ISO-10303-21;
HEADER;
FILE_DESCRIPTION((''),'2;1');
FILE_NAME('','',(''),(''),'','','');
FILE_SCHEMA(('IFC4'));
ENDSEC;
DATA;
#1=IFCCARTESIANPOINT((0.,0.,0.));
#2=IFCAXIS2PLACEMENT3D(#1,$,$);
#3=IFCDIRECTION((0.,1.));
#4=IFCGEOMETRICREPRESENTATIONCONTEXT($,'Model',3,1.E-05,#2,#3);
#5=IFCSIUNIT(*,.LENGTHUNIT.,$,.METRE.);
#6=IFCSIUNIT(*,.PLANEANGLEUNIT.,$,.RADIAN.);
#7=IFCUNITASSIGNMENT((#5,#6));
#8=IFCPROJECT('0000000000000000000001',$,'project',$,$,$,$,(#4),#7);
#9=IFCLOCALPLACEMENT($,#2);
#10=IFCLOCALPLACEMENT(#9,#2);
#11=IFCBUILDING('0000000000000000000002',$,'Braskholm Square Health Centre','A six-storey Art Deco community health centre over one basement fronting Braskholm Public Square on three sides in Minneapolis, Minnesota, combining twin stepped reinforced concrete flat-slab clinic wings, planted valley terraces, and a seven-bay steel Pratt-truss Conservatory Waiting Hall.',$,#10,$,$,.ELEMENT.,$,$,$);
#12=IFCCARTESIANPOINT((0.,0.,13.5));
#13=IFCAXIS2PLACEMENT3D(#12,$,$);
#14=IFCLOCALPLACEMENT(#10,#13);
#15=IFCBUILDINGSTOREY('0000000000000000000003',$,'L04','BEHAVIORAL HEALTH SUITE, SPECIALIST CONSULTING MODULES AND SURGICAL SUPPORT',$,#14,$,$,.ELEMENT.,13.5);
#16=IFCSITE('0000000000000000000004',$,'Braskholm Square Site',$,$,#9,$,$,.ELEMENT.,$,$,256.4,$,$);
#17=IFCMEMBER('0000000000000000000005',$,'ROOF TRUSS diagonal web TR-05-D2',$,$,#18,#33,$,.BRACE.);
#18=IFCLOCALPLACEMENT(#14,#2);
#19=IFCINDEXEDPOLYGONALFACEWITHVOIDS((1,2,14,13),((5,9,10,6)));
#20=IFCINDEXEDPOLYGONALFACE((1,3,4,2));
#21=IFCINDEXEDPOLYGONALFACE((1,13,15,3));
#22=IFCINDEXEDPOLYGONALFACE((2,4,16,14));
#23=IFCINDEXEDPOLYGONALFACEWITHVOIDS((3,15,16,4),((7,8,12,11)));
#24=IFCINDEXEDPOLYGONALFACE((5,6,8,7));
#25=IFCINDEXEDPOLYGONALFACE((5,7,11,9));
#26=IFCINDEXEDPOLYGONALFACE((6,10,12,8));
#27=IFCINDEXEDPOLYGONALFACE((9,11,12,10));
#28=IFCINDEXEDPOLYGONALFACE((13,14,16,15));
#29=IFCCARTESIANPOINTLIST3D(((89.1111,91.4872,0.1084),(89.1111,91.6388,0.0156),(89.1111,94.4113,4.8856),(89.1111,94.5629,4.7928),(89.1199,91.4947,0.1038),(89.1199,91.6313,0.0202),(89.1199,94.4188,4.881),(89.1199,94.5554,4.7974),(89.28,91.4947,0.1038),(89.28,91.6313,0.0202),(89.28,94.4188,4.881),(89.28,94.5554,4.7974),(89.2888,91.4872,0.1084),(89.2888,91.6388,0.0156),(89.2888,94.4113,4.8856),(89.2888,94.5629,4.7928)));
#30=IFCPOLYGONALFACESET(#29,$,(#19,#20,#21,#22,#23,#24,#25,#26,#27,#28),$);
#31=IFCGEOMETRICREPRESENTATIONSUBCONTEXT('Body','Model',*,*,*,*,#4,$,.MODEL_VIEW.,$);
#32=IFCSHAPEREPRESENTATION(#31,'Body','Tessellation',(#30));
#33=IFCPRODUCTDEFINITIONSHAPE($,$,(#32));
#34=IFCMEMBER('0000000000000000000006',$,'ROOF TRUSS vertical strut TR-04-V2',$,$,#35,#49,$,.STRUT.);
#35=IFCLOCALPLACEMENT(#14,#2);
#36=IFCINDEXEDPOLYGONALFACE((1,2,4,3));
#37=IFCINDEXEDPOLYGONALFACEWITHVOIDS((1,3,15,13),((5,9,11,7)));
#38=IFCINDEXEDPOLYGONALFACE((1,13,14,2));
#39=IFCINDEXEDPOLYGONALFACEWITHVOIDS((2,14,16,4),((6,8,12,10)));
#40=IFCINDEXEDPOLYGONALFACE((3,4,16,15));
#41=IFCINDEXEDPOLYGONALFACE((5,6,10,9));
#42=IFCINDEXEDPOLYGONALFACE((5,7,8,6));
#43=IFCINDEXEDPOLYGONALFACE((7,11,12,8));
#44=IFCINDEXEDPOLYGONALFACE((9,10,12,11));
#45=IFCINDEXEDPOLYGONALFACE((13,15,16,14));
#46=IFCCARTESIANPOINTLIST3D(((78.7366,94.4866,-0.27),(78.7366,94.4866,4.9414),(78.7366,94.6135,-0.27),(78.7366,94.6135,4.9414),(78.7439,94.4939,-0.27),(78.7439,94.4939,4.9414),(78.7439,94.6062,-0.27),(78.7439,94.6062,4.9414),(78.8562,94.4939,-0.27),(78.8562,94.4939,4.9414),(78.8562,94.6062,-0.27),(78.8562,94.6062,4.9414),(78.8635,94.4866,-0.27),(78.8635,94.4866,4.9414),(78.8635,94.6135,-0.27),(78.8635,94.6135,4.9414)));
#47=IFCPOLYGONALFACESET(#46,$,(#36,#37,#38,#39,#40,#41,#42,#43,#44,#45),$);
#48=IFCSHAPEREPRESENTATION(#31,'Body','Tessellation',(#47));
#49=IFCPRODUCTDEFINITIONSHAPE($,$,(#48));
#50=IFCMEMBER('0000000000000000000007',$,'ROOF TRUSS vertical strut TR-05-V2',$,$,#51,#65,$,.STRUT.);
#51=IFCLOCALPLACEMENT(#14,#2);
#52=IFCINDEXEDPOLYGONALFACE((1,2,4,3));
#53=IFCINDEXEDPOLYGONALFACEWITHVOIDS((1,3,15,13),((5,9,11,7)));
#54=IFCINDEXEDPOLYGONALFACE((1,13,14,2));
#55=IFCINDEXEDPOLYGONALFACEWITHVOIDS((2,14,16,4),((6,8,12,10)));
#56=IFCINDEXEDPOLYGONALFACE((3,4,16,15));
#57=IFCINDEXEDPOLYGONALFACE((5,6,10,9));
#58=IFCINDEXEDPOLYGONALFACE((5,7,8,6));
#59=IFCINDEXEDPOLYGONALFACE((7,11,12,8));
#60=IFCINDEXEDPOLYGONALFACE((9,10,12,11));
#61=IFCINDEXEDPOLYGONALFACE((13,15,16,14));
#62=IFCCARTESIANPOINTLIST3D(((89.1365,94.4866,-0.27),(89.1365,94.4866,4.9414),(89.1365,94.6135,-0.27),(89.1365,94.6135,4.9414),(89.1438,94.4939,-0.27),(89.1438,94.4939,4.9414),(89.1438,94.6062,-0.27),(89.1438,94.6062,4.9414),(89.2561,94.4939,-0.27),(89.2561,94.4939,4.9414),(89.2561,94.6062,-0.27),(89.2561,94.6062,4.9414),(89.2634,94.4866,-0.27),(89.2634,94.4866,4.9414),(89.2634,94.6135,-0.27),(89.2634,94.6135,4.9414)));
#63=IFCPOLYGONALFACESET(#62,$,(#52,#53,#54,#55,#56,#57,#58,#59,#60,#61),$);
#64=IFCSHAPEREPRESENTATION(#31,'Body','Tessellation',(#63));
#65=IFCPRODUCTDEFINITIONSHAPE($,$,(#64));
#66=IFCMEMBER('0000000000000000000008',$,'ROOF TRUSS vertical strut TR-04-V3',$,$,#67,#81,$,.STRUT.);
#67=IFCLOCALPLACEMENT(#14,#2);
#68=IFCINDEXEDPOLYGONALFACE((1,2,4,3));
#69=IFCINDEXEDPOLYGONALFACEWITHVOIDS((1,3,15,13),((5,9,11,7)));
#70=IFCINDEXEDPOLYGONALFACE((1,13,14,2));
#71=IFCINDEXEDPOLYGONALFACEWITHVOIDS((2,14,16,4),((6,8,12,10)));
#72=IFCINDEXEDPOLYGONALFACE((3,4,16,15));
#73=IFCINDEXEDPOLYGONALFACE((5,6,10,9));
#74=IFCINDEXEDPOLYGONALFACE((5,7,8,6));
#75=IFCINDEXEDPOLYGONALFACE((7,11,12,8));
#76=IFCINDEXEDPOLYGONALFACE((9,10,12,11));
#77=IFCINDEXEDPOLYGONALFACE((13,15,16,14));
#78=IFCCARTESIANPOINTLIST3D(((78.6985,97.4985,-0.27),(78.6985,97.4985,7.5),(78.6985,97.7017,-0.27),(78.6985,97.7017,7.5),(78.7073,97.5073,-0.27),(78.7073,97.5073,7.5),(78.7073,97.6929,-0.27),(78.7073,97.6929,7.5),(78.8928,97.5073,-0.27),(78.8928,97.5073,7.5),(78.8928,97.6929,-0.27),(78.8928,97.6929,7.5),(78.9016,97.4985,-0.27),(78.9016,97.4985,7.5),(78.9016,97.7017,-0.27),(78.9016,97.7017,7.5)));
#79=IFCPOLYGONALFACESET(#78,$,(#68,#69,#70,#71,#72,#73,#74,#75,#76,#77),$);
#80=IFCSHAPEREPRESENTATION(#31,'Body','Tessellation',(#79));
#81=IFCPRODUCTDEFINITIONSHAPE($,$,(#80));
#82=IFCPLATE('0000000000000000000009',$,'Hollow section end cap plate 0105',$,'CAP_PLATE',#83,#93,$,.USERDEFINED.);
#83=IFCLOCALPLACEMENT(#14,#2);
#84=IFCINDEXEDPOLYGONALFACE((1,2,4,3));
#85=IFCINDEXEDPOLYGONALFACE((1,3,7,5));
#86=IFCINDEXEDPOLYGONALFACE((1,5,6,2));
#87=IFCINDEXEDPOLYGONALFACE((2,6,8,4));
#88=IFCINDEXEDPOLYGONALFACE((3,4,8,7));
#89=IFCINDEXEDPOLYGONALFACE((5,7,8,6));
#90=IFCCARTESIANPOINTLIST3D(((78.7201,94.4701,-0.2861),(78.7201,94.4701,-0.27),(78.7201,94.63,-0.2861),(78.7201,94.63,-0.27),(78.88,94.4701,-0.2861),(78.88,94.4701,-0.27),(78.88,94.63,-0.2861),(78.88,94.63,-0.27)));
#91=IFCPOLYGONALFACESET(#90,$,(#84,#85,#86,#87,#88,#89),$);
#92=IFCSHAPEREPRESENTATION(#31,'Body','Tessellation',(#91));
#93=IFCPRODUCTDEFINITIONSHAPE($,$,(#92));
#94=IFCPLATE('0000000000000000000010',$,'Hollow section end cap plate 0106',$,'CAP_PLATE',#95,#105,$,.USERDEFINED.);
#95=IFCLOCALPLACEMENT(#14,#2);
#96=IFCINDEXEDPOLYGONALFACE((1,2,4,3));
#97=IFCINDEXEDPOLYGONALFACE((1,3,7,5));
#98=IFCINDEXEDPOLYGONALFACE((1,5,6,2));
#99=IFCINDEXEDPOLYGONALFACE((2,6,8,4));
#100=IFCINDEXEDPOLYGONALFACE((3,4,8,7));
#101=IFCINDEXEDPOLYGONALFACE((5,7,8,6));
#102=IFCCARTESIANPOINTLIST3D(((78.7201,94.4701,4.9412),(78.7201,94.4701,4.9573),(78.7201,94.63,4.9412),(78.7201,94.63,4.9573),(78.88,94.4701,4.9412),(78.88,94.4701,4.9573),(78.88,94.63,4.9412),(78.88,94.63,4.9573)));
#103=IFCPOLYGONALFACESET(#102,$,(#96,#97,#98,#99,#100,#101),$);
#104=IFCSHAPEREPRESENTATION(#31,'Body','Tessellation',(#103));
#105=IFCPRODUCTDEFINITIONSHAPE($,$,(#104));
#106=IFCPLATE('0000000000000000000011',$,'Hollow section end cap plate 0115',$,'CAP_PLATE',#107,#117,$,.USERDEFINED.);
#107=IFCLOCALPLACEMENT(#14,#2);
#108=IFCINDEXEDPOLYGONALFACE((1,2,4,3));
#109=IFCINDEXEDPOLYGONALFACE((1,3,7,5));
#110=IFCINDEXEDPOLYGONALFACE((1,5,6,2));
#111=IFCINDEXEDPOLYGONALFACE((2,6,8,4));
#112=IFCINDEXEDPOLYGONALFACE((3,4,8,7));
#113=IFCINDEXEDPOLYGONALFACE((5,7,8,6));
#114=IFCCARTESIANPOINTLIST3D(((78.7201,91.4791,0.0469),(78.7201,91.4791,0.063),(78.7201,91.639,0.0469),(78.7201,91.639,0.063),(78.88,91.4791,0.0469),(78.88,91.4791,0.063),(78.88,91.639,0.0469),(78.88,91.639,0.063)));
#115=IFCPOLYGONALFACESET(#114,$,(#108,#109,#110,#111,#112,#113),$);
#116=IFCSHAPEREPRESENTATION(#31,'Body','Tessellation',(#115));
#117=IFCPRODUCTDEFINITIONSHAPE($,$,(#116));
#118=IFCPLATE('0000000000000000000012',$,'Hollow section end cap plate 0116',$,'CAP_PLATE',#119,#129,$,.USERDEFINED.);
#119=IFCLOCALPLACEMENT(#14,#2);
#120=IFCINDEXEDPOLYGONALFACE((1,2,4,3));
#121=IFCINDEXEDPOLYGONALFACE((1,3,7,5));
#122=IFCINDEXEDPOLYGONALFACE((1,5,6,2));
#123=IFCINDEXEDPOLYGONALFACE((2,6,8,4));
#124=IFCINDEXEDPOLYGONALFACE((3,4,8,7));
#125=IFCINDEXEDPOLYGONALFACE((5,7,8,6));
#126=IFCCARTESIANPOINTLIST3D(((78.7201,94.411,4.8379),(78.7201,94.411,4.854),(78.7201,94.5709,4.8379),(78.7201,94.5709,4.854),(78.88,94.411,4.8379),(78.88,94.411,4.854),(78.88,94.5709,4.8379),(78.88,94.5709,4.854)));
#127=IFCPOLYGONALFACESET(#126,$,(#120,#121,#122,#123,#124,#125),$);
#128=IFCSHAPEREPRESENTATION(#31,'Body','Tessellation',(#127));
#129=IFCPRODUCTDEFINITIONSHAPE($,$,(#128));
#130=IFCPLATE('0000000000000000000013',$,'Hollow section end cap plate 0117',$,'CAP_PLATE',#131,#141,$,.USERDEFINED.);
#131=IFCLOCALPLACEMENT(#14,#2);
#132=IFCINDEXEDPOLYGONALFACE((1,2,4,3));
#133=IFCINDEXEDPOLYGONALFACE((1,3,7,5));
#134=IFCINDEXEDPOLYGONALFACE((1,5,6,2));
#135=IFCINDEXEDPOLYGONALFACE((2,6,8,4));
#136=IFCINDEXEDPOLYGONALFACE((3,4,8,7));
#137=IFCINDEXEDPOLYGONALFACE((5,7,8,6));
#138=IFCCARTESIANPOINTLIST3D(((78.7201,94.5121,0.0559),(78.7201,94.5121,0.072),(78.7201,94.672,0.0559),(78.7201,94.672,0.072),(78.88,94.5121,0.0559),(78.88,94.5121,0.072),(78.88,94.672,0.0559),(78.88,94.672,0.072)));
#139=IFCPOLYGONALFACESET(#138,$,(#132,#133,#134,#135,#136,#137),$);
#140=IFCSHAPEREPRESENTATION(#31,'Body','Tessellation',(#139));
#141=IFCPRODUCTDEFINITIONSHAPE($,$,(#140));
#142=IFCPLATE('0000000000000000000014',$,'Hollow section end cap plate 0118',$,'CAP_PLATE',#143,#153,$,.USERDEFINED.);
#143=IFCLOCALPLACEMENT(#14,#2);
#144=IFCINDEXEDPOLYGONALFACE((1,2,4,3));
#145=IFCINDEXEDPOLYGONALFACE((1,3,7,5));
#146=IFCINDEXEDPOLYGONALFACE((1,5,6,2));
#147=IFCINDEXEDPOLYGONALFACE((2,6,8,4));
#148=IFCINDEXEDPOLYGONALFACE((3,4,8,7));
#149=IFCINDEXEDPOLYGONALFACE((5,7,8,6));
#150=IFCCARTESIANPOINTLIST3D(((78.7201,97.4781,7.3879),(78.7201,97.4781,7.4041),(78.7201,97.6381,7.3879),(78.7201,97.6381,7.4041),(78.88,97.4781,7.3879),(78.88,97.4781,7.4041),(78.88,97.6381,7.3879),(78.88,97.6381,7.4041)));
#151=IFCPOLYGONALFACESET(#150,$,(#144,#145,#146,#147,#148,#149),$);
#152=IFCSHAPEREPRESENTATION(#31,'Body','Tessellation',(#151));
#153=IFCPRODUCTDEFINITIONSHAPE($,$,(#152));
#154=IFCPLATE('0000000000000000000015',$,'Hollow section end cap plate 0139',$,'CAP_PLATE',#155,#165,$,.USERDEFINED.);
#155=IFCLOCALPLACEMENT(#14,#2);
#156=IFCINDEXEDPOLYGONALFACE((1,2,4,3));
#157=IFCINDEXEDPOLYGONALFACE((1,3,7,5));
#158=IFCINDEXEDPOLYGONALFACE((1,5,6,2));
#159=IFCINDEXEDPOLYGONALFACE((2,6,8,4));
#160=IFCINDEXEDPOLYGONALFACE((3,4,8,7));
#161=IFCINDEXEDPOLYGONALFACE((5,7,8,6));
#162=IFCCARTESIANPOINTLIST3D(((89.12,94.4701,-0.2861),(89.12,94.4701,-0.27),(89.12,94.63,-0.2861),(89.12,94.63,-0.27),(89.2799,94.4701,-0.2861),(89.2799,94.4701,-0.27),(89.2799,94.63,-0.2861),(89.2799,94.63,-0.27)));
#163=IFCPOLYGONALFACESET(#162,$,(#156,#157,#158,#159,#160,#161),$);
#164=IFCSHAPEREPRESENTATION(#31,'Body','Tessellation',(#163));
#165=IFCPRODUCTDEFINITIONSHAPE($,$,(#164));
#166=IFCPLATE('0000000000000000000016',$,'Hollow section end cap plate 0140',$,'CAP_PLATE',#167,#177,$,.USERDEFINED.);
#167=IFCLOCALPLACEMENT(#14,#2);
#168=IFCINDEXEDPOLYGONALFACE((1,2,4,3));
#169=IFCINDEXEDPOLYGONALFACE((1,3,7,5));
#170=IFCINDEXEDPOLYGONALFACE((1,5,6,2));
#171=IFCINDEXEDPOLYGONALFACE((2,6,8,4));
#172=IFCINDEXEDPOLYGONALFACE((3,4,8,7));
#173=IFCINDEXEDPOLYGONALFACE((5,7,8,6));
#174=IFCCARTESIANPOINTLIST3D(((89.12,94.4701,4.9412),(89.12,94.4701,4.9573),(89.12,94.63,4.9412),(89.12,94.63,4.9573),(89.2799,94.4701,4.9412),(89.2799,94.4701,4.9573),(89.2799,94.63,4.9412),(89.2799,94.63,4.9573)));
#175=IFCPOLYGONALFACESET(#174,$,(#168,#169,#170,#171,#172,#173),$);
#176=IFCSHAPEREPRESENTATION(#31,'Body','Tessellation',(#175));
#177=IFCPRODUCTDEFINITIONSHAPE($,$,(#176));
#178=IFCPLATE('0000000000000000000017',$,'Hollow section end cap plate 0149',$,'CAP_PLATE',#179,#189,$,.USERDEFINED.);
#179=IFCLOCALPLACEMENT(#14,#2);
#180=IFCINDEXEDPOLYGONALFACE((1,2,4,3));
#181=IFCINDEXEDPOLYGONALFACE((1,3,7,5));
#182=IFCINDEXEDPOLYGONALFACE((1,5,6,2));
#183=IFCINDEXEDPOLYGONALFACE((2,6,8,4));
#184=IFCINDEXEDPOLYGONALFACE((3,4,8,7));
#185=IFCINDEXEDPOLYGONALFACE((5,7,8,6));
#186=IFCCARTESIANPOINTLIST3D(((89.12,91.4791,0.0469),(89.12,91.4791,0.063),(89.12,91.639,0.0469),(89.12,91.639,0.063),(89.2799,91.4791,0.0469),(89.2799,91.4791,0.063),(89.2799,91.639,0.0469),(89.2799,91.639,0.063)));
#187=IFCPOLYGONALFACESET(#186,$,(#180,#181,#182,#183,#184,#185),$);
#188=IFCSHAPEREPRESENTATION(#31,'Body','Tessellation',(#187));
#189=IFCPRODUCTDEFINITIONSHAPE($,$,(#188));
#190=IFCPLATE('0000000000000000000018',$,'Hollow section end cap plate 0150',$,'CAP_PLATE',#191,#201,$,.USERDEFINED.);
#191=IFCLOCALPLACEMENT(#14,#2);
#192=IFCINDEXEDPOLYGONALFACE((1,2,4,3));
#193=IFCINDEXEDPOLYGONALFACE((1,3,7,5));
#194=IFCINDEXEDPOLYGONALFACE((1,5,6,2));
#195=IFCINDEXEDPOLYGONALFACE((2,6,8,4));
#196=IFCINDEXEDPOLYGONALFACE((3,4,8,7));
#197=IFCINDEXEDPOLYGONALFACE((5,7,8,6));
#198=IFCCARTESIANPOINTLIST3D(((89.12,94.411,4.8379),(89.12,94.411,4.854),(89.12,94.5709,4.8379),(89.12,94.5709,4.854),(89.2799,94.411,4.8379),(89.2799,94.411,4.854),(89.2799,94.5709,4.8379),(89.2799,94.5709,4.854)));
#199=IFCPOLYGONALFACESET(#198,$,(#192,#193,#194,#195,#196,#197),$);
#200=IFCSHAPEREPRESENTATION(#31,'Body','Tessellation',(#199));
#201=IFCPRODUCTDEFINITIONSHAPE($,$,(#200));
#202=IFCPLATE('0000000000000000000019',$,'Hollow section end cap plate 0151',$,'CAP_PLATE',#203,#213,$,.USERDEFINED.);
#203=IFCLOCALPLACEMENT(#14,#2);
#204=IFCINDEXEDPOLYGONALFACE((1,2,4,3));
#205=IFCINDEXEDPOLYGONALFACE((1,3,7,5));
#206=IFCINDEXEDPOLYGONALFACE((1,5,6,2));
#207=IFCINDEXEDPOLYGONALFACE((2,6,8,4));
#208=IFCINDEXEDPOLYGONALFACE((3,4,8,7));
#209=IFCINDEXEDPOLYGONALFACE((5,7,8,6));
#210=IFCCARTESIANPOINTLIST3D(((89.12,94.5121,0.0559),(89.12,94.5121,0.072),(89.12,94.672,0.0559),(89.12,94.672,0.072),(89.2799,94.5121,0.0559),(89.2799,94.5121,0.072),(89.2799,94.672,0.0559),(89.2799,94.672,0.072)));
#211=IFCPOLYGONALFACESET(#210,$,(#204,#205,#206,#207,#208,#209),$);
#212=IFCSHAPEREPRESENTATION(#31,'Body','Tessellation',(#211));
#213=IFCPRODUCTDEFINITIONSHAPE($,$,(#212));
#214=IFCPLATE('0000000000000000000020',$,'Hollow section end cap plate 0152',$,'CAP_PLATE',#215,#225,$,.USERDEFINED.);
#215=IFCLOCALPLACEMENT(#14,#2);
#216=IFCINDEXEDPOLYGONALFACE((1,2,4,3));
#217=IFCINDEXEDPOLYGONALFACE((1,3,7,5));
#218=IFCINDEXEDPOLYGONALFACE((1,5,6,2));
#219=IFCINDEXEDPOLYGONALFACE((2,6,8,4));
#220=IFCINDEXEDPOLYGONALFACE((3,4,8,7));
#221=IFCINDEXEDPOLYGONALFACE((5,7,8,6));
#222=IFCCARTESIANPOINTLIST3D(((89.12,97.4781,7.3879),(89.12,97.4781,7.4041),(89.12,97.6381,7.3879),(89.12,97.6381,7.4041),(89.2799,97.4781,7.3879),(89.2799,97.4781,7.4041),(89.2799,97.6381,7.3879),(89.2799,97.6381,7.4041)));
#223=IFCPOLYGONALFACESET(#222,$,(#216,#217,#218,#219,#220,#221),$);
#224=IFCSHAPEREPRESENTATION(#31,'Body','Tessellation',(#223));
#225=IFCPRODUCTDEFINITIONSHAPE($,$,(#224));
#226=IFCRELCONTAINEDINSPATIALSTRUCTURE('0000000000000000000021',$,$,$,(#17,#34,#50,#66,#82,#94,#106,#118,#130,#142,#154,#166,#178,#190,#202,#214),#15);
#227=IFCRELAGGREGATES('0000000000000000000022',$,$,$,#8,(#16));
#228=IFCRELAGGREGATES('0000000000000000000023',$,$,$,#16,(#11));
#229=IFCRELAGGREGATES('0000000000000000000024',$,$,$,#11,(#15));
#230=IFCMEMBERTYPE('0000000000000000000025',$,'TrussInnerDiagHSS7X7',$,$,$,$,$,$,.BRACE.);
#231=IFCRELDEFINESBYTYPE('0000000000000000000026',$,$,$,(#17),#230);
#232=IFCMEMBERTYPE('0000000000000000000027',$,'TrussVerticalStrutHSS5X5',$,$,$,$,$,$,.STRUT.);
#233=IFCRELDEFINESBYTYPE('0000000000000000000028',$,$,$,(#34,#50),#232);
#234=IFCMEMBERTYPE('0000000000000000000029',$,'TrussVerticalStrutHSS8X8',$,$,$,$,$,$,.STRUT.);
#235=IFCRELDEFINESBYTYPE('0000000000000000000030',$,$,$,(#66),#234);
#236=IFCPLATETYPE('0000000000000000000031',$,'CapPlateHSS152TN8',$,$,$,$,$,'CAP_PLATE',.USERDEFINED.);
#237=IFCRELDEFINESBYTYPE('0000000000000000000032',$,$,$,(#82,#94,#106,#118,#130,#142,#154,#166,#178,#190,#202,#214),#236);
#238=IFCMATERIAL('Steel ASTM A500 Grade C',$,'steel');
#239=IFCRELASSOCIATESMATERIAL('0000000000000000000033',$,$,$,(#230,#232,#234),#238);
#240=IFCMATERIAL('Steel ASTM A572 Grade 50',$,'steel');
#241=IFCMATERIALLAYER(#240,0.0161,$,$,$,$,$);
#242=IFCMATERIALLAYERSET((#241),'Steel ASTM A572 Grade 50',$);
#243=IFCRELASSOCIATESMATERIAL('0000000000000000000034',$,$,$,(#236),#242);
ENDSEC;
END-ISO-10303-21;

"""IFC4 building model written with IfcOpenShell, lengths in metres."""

from ifc_helpers import new_model, si_unit, direction, frame, origin, origin_2d, place, context, subcontext, project, spatial, rectangle, hollow_rectangle, extrude, material, layer, layer_set, material_profile, profile_set, type_object, element, save


model = new_model("IFC4")

# Units and contexts
model_context = context("Model", 3, precision=1e-05, world=origin(), true_north=direction((0.0, 1.0)))
body_context = subcontext(model_context, "Body", "Model", "MODEL_VIEW")
ifc_project = project(units=[si_unit("LENGTHUNIT", "METRE"), si_unit("PLANEANGLEUNIT", "RADIAN")], contexts=[model_context])

# Site, building, storey
site_placement = place(None, origin())
site = spatial("IfcSite", under=ifc_project, at=site_placement, Name="Braskholm Square Site", CompositionType="ELEMENT", RefElevation=256.4)
building_placement = place(site_placement, origin())
building = spatial("IfcBuilding", under=site, at=building_placement, Name="Braskholm Square Health Centre", Description="A six-storey Art Deco community health centre over one basement fronting Braskholm Public Square on three sides in Minneapolis, Minnesota, combining twin stepped reinforced concrete flat-slab clinic wings, planted valley terraces, and a seven-bay steel Pratt-truss Conservatory Waiting Hall.", CompositionType="ELEMENT")
storey_placement = place(building_placement, frame((0.0, 0.0, 13.5)))
storey = spatial("IfcBuildingStorey", under=building, at=storey_placement, Name="L04", Description="BEHAVIORAL HEALTH SUITE, SPECIALIST CONSULTING MODULES AND SURGICAL SUPPORT", CompositionType="ELEMENT", Elevation=13.5)

# Members
ifc_material_1 = material(Name="Steel ASTM A500 Grade C", Category="steel")
ifc_material_profile_1 = material_profile(ifc_material_1, hollow_rectangle(XDim=0.1777, YDim=0.1777, WallThickness=0.0088, at=origin_2d()), Name="HSS7X7X3/8")
ifc_profile_set_1 = profile_set([ifc_material_profile_1], Name="Steel ASTM A500 Grade C")
member_type_1 = type_object("IfcMemberType", Name="TrussInnerDiagHSS7X7", PredefinedType="BRACE", material=ifc_profile_set_1)
for number, where, z_axis, x_axis, name in (
    (1, (89.2, 91.563, 0.062), (0.0, 0.522065, 0.852906), (-1.0, 0.0, 0.0), "ROOF TRUSS diagonal web TR-05-D2"),
):
    element("IfcMember", number, at=place(storey_placement, frame(where, z_axis=z_axis, x_axis=x_axis)), inside=storey, type_object=member_type_1, Name=name, PredefinedType="BRACE", context=body_context, shape_type="SweptSolid", body=[
        extrude(hollow_rectangle(XDim=0.1777, YDim=0.1777, WallThickness=0.0088, at=origin_2d()), origin(), (0.0, 0.0, 1.0), 5.6011),
    ])
ifc_material_profile_2 = material_profile(ifc_material_1, hollow_rectangle(XDim=0.127, YDim=0.127, WallThickness=0.0073, at=origin_2d()), Name="HSS5X5X5/16")
ifc_profile_set_2 = profile_set([ifc_material_profile_2], Name="Steel ASTM A500 Grade C")
member_type_2 = type_object("IfcMemberType", Name="TrussVerticalStrutHSS5X5", PredefinedType="STRUT", material=ifc_profile_set_2)
for number, where, z_axis, x_axis, name in (
    (2, (78.8, 94.55, -0.27), (0.0, 0.0, 1.0), (1.0, 0.0, 0.0), "ROOF TRUSS vertical strut TR-04-V2"),
    (3, (89.2, 94.55, -0.27), (0.0, 0.0, 1.0), (1.0, 0.0, 0.0), "ROOF TRUSS vertical strut TR-05-V2"),
):
    element("IfcMember", number, at=place(storey_placement, frame(where, z_axis=z_axis, x_axis=x_axis)), inside=storey, type_object=member_type_2, Name=name, PredefinedType="STRUT", context=body_context, shape_type="SweptSolid", body=[
        extrude(hollow_rectangle(XDim=0.127, YDim=0.127, WallThickness=0.0073, at=origin_2d()), origin(), (0.0, 0.0, 1.0), 5.2114),
    ])
ifc_material_profile_3 = material_profile(ifc_material_1, hollow_rectangle(XDim=0.2031, YDim=0.2031, WallThickness=0.0088, at=origin_2d()), Name="HSS8X8X3/8")
ifc_profile_set_3 = profile_set([ifc_material_profile_3], Name="Steel ASTM A500 Grade C")
member_type_3 = type_object("IfcMemberType", Name="TrussVerticalStrutHSS8X8", PredefinedType="STRUT", material=ifc_profile_set_3)
member_1_placement = place(storey_placement, frame((78.8, 97.6001, -0.27), z_axis=(0.0, 0.0, 1.0), x_axis=(1.0, 0.0, 0.0)))
element("IfcMember", 4, at=member_1_placement, inside=storey, type_object=member_type_3, Name="ROOF TRUSS vertical strut TR-04-V3", PredefinedType="STRUT", context=body_context, shape_type="SweptSolid", body=[
    extrude(hollow_rectangle(XDim=0.2031, YDim=0.2031, WallThickness=0.0088, at=origin_2d()), origin(), (0.0, 0.0, 1.0), 7.77),
])

# Plates
ifc_material_2 = material(Name="Steel ASTM A572 Grade 50", Category="steel")
ifc_layer_1 = layer(ifc_material_2, 0.0161)
ifc_layer_set_1 = layer_set([ifc_layer_1], Name="Steel ASTM A572 Grade 50")
plate_type_1 = type_object("IfcPlateType", Name="CapPlateHSS152TN8", ElementType="CAP_PLATE", PredefinedType="USERDEFINED", material=ifc_layer_set_1)
for number, where, z_axis, x_axis, name in (
    (5, (78.8, 94.55, -0.2861), (0.0, 0.0, 1.0), (1.0, 0.0, 0.0), "Hollow section end cap plate 0105"),
    (6, (78.8, 94.55, 4.9412), (0.0, 0.0, 1.0), (1.0, 0.0, 0.0), "Hollow section end cap plate 0106"),
    (7, (78.8, 91.5591, 0.0469), (0.0, 0.0, 1.0), (1.0, 0.0, 0.0), "Hollow section end cap plate 0115"),
    (8, (78.8, 94.491, 4.8379), (0.0, 0.0, 1.0), (1.0, 0.0, 0.0), "Hollow section end cap plate 0116"),
    (9, (78.8, 94.592, 0.0559), (0.0, 0.0, 1.0), (1.0, 0.0, 0.0), "Hollow section end cap plate 0117"),
    (10, (78.8, 97.5581, 7.3879), (0.0, 0.0, 1.0), (1.0, 0.0, 0.0), "Hollow section end cap plate 0118"),
    (11, (89.2, 94.55, -0.2861), (0.0, 0.0, 1.0), (1.0, 0.0, 0.0), "Hollow section end cap plate 0139"),
    (12, (89.2, 94.55, 4.9412), (0.0, 0.0, 1.0), (1.0, 0.0, 0.0), "Hollow section end cap plate 0140"),
    (13, (89.2, 91.5591, 0.0469), (0.0, 0.0, 1.0), (1.0, 0.0, 0.0), "Hollow section end cap plate 0149"),
    (14, (89.2, 94.491, 4.8379), (0.0, 0.0, 1.0), (1.0, 0.0, 0.0), "Hollow section end cap plate 0150"),
    (15, (89.2, 94.592, 0.0559), (0.0, 0.0, 1.0), (1.0, 0.0, 0.0), "Hollow section end cap plate 0151"),
    (16, (89.2, 97.5581, 7.3879), (0.0, 0.0, 1.0), (1.0, 0.0, 0.0), "Hollow section end cap plate 0152"),
):
    element("IfcPlate", number, at=place(storey_placement, frame(where, z_axis=z_axis, x_axis=x_axis)), inside=storey, type_object=plate_type_1, Name=name, ObjectType="CAP_PLATE", PredefinedType="USERDEFINED", context=body_context, shape_type="SweptSolid", body=[
        extrude(rectangle(XDim=0.1599, YDim=0.1599, at=origin_2d()), origin(), (0.0, 0.0, 1.0), 0.0161),
    ])

save(model, "model.ifc")
